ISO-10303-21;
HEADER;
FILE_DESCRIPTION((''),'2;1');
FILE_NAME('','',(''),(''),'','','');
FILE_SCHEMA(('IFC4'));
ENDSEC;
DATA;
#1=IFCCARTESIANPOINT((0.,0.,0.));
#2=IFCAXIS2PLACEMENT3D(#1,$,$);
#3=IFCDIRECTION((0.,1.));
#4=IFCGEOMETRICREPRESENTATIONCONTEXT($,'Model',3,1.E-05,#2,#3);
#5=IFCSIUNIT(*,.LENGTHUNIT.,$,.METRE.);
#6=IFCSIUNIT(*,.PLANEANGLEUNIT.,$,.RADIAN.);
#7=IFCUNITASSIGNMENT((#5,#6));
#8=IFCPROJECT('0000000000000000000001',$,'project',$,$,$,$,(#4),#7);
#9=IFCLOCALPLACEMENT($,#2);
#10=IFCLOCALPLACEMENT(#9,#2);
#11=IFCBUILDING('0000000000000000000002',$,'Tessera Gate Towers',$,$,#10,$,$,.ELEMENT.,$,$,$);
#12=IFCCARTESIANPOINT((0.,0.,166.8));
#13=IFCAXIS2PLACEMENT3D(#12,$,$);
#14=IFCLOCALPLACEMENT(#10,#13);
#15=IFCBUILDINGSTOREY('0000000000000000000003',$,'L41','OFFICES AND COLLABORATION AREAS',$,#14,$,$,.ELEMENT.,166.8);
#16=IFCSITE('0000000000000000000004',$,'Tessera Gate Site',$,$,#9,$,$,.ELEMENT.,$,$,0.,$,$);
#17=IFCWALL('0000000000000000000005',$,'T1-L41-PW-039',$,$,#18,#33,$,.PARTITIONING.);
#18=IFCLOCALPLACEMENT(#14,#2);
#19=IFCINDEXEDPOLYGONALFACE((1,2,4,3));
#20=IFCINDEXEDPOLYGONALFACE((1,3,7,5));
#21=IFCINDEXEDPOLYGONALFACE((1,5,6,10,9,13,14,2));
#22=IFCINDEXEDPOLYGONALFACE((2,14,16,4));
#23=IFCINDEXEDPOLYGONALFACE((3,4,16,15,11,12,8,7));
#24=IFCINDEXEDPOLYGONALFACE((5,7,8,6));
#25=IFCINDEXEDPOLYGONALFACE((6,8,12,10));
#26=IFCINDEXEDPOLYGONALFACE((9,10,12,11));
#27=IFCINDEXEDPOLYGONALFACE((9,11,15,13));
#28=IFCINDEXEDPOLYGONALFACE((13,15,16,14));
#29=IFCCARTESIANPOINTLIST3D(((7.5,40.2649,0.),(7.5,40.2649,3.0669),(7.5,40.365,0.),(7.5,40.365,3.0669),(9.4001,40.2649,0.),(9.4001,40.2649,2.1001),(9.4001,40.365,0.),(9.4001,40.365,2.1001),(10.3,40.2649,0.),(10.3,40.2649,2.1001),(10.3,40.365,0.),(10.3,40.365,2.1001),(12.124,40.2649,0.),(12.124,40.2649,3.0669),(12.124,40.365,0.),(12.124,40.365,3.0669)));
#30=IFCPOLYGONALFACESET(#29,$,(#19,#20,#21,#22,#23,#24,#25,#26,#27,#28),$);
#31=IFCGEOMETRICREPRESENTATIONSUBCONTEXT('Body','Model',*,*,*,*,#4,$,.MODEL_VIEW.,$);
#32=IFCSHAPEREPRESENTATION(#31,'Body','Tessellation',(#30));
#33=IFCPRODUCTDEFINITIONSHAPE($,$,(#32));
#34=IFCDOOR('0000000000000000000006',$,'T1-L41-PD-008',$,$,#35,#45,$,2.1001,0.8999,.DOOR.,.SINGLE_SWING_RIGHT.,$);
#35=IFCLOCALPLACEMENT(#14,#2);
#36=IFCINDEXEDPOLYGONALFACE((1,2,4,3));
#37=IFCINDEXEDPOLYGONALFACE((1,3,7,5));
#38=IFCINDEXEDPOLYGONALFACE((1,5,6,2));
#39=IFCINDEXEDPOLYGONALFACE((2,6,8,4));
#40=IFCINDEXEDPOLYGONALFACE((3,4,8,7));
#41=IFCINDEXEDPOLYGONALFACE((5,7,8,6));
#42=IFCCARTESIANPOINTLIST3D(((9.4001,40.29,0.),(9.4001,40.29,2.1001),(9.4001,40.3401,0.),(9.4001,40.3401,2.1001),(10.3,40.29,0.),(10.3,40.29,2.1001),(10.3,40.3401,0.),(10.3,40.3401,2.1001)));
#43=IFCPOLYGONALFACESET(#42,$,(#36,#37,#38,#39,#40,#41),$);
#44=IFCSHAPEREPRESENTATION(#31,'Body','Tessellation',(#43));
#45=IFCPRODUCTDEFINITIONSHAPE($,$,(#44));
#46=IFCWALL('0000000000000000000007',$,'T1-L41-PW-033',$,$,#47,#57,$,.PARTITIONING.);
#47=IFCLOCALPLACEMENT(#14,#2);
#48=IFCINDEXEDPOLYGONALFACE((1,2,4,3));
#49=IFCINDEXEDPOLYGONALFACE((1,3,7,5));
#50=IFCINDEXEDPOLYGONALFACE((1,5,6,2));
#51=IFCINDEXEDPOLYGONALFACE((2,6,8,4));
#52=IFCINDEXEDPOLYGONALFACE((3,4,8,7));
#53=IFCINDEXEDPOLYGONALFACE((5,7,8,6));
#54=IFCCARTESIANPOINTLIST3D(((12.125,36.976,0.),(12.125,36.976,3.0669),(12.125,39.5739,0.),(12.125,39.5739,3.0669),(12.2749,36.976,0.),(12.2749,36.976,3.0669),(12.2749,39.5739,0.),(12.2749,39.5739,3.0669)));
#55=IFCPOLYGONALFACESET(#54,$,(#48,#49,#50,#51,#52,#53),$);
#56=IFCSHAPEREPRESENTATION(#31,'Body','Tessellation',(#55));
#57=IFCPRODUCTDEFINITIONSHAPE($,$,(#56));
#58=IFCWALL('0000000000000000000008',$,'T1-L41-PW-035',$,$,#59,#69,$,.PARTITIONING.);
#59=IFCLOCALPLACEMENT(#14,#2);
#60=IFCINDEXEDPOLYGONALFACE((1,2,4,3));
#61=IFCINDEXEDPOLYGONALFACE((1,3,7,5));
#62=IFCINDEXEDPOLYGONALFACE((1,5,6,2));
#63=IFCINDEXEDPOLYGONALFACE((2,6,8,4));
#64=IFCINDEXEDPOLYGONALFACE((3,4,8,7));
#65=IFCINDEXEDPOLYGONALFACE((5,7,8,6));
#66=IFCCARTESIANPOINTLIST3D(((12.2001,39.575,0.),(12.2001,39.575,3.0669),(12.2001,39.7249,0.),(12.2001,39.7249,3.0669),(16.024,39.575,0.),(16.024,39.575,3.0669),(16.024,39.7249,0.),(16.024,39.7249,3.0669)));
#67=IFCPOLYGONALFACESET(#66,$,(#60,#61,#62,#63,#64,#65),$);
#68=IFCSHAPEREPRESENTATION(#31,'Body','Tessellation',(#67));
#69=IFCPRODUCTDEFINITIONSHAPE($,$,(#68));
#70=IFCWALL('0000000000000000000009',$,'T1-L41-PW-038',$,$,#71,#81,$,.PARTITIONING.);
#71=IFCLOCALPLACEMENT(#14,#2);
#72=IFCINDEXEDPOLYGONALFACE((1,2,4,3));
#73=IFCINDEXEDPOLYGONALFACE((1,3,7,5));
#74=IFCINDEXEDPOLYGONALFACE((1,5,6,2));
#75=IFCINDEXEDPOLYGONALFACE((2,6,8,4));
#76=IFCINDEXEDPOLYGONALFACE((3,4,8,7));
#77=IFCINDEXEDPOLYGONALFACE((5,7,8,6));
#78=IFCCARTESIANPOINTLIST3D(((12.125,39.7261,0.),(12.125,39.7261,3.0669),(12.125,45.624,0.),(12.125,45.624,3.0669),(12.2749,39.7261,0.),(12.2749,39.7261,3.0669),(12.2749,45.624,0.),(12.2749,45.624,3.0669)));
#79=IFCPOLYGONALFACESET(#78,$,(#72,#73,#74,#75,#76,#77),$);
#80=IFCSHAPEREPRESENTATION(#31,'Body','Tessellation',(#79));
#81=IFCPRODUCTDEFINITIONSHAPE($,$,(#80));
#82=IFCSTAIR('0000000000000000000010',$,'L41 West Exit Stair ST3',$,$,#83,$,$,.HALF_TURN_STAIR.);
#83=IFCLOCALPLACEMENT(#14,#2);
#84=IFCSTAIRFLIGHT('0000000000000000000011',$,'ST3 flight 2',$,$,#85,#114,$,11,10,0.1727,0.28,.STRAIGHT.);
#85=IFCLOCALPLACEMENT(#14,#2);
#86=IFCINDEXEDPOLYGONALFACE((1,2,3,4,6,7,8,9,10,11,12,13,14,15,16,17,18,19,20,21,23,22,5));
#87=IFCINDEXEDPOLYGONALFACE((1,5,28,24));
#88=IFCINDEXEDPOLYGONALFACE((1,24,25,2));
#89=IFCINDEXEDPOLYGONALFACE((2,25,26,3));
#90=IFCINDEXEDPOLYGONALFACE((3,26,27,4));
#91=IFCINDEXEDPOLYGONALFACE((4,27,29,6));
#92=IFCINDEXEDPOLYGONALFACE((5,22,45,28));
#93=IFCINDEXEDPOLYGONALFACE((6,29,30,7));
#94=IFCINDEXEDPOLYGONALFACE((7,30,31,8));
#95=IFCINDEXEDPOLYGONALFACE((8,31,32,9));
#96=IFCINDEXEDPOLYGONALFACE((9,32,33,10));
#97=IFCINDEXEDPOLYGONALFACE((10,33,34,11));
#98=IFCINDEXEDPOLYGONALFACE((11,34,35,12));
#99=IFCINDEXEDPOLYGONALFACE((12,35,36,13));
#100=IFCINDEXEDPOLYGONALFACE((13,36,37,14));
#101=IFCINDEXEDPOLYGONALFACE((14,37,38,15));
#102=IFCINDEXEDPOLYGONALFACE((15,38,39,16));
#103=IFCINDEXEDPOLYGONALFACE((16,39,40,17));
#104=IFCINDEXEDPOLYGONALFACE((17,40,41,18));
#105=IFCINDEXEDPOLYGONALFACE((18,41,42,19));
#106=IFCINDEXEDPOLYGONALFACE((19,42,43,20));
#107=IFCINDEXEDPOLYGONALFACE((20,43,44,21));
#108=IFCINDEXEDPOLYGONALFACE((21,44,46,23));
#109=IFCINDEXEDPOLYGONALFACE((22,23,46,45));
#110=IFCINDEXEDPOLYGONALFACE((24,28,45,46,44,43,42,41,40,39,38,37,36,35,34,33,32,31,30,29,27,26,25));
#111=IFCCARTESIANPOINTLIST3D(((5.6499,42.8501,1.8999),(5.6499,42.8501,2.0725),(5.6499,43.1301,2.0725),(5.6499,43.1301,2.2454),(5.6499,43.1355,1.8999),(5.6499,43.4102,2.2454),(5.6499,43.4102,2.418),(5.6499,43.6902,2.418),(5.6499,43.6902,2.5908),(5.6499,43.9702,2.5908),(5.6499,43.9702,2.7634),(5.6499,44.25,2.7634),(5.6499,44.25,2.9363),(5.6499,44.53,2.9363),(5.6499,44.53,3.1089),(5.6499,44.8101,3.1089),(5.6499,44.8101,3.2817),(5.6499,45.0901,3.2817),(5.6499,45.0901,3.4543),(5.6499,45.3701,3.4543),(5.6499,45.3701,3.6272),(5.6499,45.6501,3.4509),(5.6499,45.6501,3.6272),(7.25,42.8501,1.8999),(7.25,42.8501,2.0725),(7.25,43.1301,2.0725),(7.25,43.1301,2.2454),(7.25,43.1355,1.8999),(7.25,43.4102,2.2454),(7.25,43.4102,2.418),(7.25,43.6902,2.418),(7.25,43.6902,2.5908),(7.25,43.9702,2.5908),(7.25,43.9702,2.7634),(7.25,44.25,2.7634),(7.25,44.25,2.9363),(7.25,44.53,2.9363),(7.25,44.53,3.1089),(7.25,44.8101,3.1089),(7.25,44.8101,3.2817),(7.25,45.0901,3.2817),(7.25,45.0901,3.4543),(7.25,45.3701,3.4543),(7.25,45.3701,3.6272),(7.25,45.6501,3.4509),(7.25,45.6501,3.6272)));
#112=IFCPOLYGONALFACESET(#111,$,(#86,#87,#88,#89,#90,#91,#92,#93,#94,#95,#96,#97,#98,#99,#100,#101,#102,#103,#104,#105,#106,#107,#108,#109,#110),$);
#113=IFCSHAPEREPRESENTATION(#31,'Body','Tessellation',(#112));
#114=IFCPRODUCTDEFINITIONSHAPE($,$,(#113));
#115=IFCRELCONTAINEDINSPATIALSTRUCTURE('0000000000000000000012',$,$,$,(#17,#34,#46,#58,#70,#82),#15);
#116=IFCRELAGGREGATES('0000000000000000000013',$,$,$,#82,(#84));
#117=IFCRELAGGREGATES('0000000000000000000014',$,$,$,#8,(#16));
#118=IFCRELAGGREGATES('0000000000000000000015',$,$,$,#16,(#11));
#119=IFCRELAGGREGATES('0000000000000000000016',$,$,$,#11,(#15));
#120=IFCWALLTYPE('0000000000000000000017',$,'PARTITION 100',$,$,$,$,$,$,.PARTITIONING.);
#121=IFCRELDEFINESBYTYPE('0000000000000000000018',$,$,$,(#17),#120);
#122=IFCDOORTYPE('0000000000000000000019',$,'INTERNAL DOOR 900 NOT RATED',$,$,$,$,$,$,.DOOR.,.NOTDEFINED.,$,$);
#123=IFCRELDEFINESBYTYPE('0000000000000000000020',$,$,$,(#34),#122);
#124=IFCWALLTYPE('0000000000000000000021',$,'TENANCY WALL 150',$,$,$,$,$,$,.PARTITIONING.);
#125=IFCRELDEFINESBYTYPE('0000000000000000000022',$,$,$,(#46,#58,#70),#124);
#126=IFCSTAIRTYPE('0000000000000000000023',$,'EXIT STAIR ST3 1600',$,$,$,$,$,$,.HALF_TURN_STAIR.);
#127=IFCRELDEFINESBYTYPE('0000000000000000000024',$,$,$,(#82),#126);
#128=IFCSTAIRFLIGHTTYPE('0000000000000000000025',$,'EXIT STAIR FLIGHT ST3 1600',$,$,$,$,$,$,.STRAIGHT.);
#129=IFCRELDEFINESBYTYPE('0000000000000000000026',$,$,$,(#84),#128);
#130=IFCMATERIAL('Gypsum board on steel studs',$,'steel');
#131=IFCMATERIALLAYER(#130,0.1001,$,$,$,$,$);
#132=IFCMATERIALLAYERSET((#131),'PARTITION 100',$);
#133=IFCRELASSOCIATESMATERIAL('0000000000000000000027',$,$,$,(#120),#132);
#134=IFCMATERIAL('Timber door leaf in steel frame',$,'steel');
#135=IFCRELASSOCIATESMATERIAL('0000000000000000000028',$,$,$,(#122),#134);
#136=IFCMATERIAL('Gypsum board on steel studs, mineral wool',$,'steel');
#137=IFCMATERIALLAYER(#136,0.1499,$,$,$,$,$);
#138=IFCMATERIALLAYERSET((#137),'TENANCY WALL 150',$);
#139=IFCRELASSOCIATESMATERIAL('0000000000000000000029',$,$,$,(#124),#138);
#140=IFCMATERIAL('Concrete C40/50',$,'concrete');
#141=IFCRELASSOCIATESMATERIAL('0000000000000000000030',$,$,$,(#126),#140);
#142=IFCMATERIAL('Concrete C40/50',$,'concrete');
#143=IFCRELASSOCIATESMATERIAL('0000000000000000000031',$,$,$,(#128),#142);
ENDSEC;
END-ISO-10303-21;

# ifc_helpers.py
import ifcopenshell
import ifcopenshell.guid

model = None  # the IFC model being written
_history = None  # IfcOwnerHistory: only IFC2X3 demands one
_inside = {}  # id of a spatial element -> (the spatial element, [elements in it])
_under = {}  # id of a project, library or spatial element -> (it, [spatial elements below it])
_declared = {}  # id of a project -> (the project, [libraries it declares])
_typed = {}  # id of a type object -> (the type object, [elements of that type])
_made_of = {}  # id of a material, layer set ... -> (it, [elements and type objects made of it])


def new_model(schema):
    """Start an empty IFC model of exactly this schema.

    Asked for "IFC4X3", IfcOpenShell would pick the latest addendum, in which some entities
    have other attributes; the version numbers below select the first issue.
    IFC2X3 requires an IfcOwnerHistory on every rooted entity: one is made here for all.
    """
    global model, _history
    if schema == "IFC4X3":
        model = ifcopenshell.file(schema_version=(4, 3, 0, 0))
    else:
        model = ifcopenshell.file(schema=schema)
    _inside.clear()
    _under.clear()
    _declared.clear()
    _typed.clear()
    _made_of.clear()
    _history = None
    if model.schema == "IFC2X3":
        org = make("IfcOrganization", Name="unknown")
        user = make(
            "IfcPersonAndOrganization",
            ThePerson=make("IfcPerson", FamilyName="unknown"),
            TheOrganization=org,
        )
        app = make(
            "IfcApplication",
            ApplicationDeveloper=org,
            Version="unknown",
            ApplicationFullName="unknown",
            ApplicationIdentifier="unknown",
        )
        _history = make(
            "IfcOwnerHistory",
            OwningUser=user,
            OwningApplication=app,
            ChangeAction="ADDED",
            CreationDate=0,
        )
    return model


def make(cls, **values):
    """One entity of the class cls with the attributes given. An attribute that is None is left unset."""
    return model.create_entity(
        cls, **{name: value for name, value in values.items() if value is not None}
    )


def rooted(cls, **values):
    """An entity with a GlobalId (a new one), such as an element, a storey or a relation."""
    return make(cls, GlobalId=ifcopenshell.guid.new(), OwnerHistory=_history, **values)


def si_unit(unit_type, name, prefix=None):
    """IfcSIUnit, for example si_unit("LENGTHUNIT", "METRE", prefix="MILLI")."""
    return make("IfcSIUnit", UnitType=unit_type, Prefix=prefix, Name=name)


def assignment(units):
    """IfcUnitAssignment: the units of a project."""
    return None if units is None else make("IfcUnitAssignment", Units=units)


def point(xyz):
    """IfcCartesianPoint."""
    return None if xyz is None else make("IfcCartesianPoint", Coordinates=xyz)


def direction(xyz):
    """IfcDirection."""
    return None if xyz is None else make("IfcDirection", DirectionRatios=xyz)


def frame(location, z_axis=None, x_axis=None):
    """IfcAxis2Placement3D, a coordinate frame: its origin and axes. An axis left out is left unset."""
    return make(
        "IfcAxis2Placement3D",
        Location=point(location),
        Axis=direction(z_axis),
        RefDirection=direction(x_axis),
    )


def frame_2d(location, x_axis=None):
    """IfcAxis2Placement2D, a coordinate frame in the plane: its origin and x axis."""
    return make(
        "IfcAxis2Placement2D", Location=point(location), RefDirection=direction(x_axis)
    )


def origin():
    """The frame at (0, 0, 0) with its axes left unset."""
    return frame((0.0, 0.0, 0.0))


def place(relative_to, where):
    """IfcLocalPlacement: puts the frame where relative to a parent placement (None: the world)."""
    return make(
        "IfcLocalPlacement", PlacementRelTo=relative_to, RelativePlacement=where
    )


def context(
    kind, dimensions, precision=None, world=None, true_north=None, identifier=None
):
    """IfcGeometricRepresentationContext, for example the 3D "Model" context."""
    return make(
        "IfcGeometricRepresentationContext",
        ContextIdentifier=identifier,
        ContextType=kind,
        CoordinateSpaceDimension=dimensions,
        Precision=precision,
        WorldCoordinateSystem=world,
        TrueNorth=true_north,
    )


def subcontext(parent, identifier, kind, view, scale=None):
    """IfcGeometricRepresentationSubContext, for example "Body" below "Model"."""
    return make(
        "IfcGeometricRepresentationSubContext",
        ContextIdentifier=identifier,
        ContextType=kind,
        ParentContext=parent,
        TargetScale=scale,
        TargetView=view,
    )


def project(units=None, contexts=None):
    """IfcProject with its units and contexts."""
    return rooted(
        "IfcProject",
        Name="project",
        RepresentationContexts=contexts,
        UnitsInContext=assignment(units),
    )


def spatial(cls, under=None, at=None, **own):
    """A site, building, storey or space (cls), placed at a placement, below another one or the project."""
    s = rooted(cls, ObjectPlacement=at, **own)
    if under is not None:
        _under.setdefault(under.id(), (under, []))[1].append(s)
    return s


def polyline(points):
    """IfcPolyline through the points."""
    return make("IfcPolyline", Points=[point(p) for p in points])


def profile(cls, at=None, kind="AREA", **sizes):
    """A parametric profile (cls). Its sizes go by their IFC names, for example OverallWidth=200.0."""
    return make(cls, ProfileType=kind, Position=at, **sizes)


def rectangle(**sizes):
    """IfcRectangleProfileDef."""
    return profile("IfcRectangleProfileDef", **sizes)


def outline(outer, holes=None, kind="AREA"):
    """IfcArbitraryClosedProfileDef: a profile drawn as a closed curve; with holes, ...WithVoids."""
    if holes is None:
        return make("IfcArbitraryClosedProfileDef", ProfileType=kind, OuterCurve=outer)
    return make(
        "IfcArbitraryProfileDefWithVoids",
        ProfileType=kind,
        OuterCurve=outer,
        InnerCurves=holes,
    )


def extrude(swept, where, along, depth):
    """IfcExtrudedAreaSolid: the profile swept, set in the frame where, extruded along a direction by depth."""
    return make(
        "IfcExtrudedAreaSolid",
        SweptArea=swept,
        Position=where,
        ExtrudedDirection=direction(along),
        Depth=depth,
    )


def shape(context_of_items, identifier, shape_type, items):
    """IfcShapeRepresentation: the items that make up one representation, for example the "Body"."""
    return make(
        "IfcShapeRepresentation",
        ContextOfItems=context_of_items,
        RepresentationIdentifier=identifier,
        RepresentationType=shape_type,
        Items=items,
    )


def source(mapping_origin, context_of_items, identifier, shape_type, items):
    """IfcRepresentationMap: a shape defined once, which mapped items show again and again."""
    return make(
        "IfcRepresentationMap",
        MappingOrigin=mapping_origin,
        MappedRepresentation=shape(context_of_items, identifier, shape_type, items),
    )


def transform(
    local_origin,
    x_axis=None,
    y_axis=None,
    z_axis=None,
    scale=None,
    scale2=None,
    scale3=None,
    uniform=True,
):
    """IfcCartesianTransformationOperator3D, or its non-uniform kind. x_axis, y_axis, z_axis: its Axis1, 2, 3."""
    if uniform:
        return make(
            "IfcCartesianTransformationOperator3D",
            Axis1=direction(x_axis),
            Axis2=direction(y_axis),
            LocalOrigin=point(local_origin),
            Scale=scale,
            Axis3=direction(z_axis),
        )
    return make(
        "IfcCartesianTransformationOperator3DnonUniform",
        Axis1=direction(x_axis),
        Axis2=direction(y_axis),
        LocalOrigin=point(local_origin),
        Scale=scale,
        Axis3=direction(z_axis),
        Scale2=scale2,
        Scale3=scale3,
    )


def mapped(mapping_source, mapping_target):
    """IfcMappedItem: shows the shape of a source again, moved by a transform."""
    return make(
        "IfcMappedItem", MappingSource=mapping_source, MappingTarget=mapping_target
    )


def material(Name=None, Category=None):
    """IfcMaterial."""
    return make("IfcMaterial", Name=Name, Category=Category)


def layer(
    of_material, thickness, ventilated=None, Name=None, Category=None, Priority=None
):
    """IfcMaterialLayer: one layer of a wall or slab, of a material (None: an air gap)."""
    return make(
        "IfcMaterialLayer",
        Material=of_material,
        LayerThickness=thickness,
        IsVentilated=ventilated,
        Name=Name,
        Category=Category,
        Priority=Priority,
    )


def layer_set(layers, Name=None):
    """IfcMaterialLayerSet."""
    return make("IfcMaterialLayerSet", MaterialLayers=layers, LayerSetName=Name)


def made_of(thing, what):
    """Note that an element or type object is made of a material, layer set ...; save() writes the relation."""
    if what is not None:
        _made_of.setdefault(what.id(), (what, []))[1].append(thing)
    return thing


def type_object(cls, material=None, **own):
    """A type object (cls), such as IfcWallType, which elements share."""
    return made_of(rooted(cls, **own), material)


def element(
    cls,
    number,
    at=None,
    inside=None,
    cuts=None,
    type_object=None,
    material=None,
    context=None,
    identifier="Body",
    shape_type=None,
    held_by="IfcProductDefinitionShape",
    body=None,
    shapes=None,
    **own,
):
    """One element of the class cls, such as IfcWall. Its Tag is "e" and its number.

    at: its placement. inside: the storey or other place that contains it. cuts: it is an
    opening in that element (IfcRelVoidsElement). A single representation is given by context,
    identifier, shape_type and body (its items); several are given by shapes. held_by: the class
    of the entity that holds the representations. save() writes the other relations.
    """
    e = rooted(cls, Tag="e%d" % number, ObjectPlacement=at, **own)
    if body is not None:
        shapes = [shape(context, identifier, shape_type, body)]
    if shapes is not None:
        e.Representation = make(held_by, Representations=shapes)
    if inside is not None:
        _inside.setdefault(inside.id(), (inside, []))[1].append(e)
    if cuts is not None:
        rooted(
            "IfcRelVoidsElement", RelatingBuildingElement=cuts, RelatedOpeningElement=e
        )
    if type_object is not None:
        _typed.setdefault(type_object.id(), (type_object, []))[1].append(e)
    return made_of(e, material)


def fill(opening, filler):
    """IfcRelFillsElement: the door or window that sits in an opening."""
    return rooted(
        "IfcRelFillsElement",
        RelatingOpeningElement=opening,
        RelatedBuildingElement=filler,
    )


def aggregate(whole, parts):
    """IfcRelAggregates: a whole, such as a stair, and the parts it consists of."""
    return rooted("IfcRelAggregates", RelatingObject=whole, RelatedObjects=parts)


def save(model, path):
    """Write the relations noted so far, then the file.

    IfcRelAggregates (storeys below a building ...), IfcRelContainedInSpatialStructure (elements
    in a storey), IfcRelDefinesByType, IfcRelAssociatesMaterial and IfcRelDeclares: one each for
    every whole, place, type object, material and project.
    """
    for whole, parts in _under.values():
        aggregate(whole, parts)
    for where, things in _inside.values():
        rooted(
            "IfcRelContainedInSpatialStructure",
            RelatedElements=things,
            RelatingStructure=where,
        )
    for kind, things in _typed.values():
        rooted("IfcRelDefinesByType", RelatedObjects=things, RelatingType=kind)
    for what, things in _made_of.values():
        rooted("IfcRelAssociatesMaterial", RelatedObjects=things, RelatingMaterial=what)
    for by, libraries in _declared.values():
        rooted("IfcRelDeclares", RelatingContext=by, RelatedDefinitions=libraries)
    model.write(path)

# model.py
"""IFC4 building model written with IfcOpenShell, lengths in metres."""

from ifc_helpers import new_model, si_unit, direction, frame, frame_2d, origin, place, context, subcontext, project, spatial, polyline, rectangle, outline, extrude, source, transform, mapped, material, layer, layer_set, type_object, element, fill, aggregate, save


model = new_model("IFC4")

# Units and contexts
model_context = context("Model", 3, precision=1e-05, world=origin(), true_north=direction((0.0, 1.0)))
body_context = subcontext(model_context, "Body", "Model", "MODEL_VIEW")
ifc_project = project(units=[si_unit("LENGTHUNIT", "METRE"), si_unit("PLANEANGLEUNIT", "RADIAN")], contexts=[model_context])

# Site, building, storey
site_placement = place(None, origin())
site = spatial("IfcSite", under=ifc_project, at=site_placement, Name="Tessera Gate Site", CompositionType="ELEMENT", RefElevation=0.0)
building_placement = place(site_placement, origin())
building = spatial("IfcBuilding", under=site, at=building_placement, Name="Tessera Gate Towers", CompositionType="ELEMENT")
storey_placement = place(building_placement, frame((0.0, 0.0, 166.8)))
storey = spatial("IfcBuildingStorey", under=building, at=storey_placement, Name="L41", Description="OFFICES AND COLLABORATION AREAS", CompositionType="ELEMENT", Elevation=166.8)

# Wall, opening, door
ifc_material_1 = material(Name="Gypsum board on steel studs", Category="steel")
ifc_layer_1 = layer(ifc_material_1, 0.1001)
ifc_layer_set_1 = layer_set([ifc_layer_1], Name="PARTITION 100")
wall_type_1 = type_object("IfcWallType", Name="PARTITION 100", PredefinedType="PARTITIONING", material=ifc_layer_set_1)
wall_1_placement = place(storey_placement, frame((12.124, 40.3149, 0.0), z_axis=(0.0, 0.0, 1.0), x_axis=(-1.0, 0.0, 0.0)))
wall_1 = element("IfcWall", 1, at=wall_1_placement, inside=storey, type_object=wall_type_1, Name="T1-L41-PW-039", PredefinedType="PARTITIONING", context=body_context, shape_type="SweptSolid", body=[
    extrude(rectangle(XDim=4.624, YDim=0.1001, at=frame_2d((2.312, 0.0))), origin(), (0.0, 0.0, 1.0), 3.0669),
])
shared_shape_1 = source(origin(), body_context, "Body", "SweptSolid", [
    extrude(rectangle(XDim=0.8999, YDim=2.1001, at=frame_2d((0.45, 1.05))), frame((0.0, 0.0601, 0.0), z_axis=(0.0, -1.0, 0.0), x_axis=(1.0, 0.0, 0.0)), (0.0, 0.0, 1.0), 0.1201),
])
opening_placement = place(wall_1_placement, frame((1.824, 0.0, 0.0)))
opening = element("IfcOpeningElement", 2, at=opening_placement, cuts=wall_1, PredefinedType="OPENING", context=body_context, shape_type="MappedRepresentation", body=[
    mapped(shared_shape_1, transform((0.0, 0.0, 0.0), scale=1.0)),
])
ifc_material_2 = material(Name="Timber door leaf in steel frame", Category="steel")
door_type = type_object("IfcDoorType", Name="INTERNAL DOOR 900 NOT RATED", OperationType="NOTDEFINED", PredefinedType="DOOR", material=ifc_material_2)
shared_shape_2 = source(origin(), body_context, "Body", "SweptSolid", [
    extrude(rectangle(XDim=0.8999, YDim=2.1001, at=frame_2d((0.45, 1.05))), frame((0.0, 0.0249, 0.0), z_axis=(0.0, -1.0, 0.0), x_axis=(1.0, 0.0, 0.0)), (0.0, 0.0, 1.0), 0.05),
])
door_placement = place(opening_placement, origin())
door = element("IfcDoor", 3, at=door_placement, inside=storey, type_object=door_type, Name="T1-L41-PD-008", OperationType="SINGLE_SWING_RIGHT", OverallHeight=2.1001, OverallWidth=0.8999, PredefinedType="DOOR", context=body_context, shape_type="MappedRepresentation", body=[
    mapped(shared_shape_2, transform((0.0, 0.0, 0.0), scale=1.0)),
])
fill(opening, door)

# Walls
ifc_material_3 = material(Name="Gypsum board on steel studs, mineral wool", Category="steel")
ifc_layer_2 = layer(ifc_material_3, 0.1499)
ifc_layer_set_2 = layer_set([ifc_layer_2], Name="TENANCY WALL 150")
wall_type_2 = type_object("IfcWallType", Name="TENANCY WALL 150", PredefinedType="PARTITIONING", material=ifc_layer_set_2)
wall_2_placement = place(storey_placement, frame((12.2, 36.9761, 0.0), z_axis=(0.0, 0.0, 1.0), x_axis=(0.0, 1.0, 0.0)))
element("IfcWall", 4, at=wall_2_placement, inside=storey, type_object=wall_type_2, Name="T1-L41-PW-033", PredefinedType="PARTITIONING", context=body_context, shape_type="SweptSolid", body=[
    extrude(rectangle(XDim=2.5979, YDim=0.1499, at=frame_2d((1.2988, 0.0))), origin(), (0.0, 0.0, 1.0), 3.0669),
])
wall_3_placement = place(storey_placement, frame((12.2, 39.6499, 0.0), z_axis=(0.0, 0.0, 1.0), x_axis=(1.0, 0.0, 0.0)))
element("IfcWall", 5, at=wall_3_placement, inside=storey, type_object=wall_type_2, Name="T1-L41-PW-035", PredefinedType="PARTITIONING", context=body_context, shape_type="SweptSolid", body=[
    extrude(rectangle(XDim=3.824, YDim=0.1499, at=frame_2d((1.9121, 0.0))), origin(), (0.0, 0.0, 1.0), 3.0669),
])
wall_4_placement = place(storey_placement, frame((12.2, 39.7261, 0.0), z_axis=(0.0, 0.0, 1.0), x_axis=(0.0, 1.0, 0.0)))
element("IfcWall", 6, at=wall_4_placement, inside=storey, type_object=wall_type_2, Name="T1-L41-PW-038", PredefinedType="PARTITIONING", context=body_context, shape_type="SweptSolid", body=[
    extrude(rectangle(XDim=5.8979, YDim=0.1499, at=frame_2d((2.949, 0.0))), origin(), (0.0, 0.0, 1.0), 3.0669),
])

# Stair, stair flight
ifc_material_4 = material(Name="Concrete C40/50", Category="concrete")
stair_type = type_object("IfcStairType", Name="EXIT STAIR ST3 1600", PredefinedType="HALF_TURN_STAIR", material=ifc_material_4)
stair_placement = place(storey_placement, origin())
stair = element("IfcStair", 7, at=stair_placement, inside=storey, type_object=stair_type, Name="L41 West Exit Stair ST3", PredefinedType="HALF_TURN_STAIR")
ifc_material_5 = material(Name="Concrete C40/50", Category="concrete")
stair_flight_type = type_object("IfcStairFlightType", Name="EXIT STAIR FLIGHT ST3 1600", PredefinedType="STRAIGHT", material=ifc_material_5)
stair_flight_placement = place(storey_placement, frame((6.45, 42.8501, 1.8999), z_axis=(0.0, 0.0, 1.0), x_axis=(0.0, 1.0, 0.0)))
stair_flight = element("IfcStairFlight", 8, at=stair_flight_placement, type_object=stair_flight_type, Name="ST3 flight 2", NumberOfRisers=11, NumberOfTreads=10, PredefinedType="STRAIGHT", RiserHeight=0.1727, TreadLength=0.28, context=body_context, shape_type="SweptSolid", body=[
    extrude(outline(polyline([(0.0, 0.0), (0.0, 0.1726), (0.28, 0.1726), (0.28, 0.3455), (0.5601, 0.3455), (0.5601, 0.5181), (0.8401, 0.5181), (0.8401, 0.6909), (1.1201, 0.6909), (1.1201, 0.8635), (1.3999, 0.8635), (1.3999, 1.0364), (1.6799, 1.0364), (1.6799, 1.209), (1.96, 1.209), (1.96, 1.3818), (2.24, 1.3818), (2.24, 1.5544), (2.52, 1.5544), (2.52, 1.7273), (2.8, 1.7273), (2.8, 1.8999), (2.8, 1.551), (0.2854, 0.0), (0.0, 0.0)])), frame((0.0, 0.8, 0.0), z_axis=(0.0, -1.0, 0.0), x_axis=(1.0, 0.0, 0.0)), (0.0, 0.0, 1.0), 1.6001),
])
aggregate(stair, [stair_flight])

save(model, "model.ifc")
